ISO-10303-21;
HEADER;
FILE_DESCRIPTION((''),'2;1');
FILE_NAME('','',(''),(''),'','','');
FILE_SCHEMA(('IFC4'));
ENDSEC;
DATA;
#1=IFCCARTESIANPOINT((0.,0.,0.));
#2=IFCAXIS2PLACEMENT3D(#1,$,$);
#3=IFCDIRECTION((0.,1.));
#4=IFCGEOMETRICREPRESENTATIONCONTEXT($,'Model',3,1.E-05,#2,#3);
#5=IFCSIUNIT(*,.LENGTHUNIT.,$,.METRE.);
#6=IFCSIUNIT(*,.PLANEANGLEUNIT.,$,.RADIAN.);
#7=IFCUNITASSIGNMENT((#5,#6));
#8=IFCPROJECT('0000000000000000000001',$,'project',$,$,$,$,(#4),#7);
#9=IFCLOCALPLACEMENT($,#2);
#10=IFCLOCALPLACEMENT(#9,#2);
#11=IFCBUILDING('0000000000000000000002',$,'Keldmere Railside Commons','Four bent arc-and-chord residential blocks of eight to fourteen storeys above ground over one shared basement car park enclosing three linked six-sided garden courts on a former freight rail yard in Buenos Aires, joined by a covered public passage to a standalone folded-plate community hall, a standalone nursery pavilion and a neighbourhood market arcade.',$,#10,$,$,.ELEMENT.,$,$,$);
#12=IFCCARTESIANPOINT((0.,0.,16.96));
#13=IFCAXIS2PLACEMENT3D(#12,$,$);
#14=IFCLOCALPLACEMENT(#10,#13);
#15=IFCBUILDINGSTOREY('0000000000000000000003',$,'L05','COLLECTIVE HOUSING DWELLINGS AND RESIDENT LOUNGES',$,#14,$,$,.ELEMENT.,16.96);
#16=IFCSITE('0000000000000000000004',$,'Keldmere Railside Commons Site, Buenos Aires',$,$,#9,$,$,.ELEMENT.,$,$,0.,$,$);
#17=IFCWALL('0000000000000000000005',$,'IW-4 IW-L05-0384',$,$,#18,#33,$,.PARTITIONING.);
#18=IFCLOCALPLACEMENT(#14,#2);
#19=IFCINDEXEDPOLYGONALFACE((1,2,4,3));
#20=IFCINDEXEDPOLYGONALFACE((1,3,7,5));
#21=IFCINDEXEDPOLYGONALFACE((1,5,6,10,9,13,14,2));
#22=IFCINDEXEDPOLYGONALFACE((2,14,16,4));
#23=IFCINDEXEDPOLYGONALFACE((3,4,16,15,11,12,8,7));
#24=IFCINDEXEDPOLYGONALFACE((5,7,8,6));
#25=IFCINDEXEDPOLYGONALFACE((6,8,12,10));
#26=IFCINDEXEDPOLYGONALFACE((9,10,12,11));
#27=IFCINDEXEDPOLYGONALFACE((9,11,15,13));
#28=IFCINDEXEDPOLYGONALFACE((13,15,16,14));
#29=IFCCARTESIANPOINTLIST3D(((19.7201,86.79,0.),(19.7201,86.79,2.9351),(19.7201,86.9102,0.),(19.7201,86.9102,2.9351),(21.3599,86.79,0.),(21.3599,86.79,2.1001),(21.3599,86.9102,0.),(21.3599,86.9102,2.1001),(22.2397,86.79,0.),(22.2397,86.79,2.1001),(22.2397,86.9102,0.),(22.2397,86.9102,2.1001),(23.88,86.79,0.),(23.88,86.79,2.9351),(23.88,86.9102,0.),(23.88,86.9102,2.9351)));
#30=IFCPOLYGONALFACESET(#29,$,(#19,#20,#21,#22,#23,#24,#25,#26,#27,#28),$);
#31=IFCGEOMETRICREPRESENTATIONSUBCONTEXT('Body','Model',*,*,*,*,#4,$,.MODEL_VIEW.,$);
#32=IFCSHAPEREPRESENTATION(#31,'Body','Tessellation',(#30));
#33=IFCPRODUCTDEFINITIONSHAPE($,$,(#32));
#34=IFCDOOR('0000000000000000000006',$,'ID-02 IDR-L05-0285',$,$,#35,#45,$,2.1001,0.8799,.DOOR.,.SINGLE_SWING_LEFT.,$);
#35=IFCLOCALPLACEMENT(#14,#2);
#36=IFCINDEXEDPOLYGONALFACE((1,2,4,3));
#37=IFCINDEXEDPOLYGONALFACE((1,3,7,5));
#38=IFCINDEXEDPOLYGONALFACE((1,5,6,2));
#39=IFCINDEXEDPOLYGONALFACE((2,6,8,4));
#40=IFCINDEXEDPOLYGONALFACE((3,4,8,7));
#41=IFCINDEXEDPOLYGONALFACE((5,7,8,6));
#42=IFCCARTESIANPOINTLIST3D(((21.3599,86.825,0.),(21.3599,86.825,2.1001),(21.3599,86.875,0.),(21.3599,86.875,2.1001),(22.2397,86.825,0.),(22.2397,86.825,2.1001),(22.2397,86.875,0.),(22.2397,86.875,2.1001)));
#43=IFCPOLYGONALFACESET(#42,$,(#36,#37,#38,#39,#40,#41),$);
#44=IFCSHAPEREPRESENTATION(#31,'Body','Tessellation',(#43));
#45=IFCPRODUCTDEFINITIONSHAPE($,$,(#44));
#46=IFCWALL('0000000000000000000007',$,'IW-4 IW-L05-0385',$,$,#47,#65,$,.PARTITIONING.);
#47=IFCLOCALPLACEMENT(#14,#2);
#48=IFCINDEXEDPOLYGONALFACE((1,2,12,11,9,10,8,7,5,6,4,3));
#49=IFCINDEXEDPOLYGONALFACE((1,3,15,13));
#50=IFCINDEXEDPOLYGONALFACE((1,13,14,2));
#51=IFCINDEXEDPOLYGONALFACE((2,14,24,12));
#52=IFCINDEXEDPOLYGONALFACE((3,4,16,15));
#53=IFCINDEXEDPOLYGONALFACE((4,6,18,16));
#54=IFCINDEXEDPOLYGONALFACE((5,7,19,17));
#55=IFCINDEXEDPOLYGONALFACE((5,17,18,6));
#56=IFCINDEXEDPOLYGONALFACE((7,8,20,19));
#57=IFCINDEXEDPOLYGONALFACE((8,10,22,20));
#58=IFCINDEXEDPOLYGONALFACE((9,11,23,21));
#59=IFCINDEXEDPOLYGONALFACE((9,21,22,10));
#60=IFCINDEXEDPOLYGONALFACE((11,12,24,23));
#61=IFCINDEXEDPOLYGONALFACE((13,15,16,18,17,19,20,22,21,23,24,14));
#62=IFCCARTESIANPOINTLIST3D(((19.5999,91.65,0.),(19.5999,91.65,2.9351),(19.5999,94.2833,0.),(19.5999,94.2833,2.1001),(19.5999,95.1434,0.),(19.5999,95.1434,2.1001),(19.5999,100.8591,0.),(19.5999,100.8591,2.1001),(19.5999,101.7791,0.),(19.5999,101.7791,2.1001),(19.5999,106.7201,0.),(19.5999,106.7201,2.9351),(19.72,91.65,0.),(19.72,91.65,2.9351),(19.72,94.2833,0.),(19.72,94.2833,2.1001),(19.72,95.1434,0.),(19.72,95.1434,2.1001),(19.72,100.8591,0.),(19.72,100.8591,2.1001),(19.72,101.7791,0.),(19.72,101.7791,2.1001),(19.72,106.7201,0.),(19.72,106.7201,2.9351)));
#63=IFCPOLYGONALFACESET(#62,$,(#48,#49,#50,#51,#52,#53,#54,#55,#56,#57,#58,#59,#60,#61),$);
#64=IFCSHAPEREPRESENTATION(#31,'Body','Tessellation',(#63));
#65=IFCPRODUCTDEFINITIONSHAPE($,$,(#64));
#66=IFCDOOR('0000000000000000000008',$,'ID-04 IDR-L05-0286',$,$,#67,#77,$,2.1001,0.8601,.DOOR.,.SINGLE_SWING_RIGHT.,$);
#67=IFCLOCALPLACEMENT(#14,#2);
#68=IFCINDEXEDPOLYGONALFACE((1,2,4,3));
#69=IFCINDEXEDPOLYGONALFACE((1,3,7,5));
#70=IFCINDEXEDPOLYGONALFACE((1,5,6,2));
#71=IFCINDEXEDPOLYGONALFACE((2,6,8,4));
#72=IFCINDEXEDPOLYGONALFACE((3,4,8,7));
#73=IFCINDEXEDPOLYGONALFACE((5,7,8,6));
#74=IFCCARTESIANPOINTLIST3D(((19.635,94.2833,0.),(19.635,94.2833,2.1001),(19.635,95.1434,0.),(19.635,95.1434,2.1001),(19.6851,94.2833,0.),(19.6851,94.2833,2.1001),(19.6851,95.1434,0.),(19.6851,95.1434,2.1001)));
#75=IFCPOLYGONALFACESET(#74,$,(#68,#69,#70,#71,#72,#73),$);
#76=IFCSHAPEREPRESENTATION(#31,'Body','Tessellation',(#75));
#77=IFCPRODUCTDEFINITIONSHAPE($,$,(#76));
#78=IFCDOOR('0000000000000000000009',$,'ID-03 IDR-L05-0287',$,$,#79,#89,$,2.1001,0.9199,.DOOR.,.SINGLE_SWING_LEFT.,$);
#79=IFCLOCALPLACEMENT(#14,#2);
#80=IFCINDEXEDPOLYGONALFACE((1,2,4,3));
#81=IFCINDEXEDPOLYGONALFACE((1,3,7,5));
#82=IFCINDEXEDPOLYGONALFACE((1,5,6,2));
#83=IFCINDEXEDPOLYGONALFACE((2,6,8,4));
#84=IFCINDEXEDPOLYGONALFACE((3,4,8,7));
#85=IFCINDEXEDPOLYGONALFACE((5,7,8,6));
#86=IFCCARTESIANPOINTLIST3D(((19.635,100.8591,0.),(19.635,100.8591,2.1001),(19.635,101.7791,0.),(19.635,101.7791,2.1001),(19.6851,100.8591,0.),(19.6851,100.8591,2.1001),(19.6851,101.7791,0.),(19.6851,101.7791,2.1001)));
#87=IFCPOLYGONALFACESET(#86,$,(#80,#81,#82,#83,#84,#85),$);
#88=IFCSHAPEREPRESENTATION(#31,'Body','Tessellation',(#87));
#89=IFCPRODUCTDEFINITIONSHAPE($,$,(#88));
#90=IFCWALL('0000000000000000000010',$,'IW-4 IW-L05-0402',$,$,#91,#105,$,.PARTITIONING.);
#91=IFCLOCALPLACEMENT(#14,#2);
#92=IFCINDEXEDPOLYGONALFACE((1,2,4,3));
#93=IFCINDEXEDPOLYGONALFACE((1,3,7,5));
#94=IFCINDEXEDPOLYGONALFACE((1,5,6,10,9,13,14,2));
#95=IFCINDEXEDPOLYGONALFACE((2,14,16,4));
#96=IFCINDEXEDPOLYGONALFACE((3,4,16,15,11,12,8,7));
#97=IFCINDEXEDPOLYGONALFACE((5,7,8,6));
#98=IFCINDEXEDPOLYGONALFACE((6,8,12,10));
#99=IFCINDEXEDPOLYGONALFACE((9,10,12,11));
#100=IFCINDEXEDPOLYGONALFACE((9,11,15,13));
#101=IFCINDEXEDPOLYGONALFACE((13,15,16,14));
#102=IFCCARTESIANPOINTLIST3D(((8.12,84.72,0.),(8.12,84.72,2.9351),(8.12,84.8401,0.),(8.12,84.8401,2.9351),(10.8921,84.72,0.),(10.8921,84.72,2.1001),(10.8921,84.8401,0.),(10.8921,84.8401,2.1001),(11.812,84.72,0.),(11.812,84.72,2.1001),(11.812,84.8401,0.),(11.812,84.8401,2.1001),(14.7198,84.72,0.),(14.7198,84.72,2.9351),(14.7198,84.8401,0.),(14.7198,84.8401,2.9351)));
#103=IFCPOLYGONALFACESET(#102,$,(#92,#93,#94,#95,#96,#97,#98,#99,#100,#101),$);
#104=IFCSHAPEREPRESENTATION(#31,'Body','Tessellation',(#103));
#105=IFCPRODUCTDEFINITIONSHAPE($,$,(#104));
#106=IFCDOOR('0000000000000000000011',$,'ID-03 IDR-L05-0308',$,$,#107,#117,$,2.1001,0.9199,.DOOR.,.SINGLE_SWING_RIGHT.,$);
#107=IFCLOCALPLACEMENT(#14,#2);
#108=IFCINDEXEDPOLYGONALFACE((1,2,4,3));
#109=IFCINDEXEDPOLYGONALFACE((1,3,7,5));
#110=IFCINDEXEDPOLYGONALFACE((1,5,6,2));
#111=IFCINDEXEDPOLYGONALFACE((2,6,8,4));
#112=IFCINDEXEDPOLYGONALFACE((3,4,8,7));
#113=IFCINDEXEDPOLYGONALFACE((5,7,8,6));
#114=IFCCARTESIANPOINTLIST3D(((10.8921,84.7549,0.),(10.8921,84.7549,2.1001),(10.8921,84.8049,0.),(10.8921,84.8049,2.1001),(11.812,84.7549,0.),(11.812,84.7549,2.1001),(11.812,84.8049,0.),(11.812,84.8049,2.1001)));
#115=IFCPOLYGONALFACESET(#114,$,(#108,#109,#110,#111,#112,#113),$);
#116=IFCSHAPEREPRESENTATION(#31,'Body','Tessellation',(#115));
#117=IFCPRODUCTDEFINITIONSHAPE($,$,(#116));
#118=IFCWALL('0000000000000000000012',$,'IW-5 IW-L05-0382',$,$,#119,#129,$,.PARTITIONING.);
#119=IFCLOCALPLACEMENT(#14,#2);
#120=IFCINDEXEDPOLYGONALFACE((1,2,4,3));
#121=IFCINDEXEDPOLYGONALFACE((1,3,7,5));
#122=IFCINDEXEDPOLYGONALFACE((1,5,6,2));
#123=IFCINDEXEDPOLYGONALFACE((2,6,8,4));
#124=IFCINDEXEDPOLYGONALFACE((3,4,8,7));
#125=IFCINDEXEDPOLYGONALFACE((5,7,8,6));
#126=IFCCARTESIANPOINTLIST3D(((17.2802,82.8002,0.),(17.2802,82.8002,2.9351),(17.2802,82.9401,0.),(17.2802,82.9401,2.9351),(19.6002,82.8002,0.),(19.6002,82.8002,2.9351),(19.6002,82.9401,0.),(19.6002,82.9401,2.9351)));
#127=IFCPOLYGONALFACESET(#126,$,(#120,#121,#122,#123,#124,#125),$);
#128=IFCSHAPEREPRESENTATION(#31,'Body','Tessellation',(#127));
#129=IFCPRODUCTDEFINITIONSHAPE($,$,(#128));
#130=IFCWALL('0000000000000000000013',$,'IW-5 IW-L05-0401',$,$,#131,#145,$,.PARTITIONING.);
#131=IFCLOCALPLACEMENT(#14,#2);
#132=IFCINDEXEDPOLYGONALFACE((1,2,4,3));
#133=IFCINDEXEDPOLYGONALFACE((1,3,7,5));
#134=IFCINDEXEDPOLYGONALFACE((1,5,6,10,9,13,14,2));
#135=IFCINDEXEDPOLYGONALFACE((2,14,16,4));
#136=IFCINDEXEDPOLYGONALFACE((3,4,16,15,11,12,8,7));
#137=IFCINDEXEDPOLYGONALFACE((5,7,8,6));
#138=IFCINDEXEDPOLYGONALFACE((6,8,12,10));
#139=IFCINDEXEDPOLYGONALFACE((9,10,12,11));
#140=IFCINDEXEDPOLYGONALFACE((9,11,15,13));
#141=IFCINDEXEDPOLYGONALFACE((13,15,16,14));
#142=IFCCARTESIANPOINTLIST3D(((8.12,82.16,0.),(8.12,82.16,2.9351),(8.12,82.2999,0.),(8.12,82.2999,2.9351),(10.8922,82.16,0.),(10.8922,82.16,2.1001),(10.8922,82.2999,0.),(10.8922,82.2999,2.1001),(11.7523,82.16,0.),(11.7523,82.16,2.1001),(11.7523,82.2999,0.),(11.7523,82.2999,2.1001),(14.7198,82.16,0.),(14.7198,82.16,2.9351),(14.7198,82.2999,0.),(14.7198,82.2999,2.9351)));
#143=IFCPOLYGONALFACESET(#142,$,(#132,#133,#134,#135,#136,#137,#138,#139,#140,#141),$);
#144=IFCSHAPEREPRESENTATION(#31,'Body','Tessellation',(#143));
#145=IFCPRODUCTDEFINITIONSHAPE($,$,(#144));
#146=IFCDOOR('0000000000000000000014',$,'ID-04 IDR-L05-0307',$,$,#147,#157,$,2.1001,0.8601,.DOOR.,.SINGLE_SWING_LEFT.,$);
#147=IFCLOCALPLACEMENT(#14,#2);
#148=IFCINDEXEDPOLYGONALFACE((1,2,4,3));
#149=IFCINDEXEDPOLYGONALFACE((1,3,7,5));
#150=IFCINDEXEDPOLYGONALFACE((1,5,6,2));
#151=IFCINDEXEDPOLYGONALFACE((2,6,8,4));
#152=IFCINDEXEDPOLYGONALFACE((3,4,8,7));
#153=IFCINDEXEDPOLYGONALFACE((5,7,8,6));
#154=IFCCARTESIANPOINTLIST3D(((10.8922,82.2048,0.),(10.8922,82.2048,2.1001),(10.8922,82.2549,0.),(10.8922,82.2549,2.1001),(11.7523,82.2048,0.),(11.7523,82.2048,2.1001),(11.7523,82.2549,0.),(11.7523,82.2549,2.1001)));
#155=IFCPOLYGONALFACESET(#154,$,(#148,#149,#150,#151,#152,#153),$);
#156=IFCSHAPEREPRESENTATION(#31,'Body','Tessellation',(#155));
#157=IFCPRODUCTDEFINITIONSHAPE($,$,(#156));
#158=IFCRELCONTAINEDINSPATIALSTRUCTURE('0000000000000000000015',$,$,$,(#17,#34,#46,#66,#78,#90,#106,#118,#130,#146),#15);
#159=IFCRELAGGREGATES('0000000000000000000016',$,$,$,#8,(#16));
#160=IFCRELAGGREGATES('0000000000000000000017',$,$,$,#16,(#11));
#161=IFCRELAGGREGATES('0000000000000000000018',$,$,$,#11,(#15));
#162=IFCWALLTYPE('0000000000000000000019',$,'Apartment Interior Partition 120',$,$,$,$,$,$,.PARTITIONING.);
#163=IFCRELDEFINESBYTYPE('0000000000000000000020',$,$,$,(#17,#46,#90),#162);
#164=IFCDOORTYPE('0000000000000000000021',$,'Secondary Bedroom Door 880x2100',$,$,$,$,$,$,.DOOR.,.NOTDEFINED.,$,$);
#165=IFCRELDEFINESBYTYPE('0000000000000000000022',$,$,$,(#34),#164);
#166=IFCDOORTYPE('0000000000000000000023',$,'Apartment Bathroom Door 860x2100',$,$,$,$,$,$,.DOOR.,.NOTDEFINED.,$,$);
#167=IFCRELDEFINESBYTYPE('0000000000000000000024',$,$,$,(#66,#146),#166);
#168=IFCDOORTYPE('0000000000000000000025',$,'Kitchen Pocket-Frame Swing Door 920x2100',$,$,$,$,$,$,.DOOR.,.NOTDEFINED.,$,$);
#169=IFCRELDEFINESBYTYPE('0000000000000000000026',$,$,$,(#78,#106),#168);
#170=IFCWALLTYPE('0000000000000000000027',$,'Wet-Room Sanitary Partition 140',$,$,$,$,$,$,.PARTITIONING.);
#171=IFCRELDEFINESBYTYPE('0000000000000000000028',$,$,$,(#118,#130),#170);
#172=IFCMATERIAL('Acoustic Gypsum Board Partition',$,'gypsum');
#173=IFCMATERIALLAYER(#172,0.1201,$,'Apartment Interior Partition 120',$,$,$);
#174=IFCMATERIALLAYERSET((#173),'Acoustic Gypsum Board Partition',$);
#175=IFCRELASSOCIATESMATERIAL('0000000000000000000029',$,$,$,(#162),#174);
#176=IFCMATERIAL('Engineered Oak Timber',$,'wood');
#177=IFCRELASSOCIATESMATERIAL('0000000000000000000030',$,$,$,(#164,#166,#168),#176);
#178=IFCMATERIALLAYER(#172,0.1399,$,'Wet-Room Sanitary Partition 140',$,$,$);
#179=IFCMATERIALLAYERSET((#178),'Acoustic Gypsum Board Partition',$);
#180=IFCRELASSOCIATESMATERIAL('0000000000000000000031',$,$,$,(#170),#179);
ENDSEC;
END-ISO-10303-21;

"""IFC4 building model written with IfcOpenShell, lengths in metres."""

from ifc_helpers import new_model, si_unit, direction, frame, frame_2d, origin, place, context, subcontext, project, spatial, rectangle, extrude, material, layer, layer_set, type_object, element, fill, save


model = new_model("IFC4")

# Units and contexts
model_context = context("Model", 3, precision=1e-05, world=origin(), true_north=direction((0.0, 1.0)))
body_context = subcontext(model_context, "Body", "Model", "MODEL_VIEW")
ifc_project = project(units=[si_unit("LENGTHUNIT", "METRE"), si_unit("PLANEANGLEUNIT", "RADIAN")], contexts=[model_context])

# Site, building, storey
site_placement = place(None, origin())
site = spatial("IfcSite", under=ifc_project, at=site_placement, Name="Keldmere Railside Commons Site, Buenos Aires", CompositionType="ELEMENT", RefElevation=0.0)
building_placement = place(site_placement, origin())
building = spatial("IfcBuilding", under=site, at=building_placement, Name="Keldmere Railside Commons", Description="Four bent arc-and-chord residential blocks of eight to fourteen storeys above ground over one shared basement car park enclosing three linked six-sided garden courts on a former freight rail yard in Buenos Aires, joined by a covered public passage to a standalone folded-plate community hall, a standalone nursery pavilion and a neighbourhood market arcade.", CompositionType="ELEMENT")
storey_placement = place(building_placement, frame((0.0, 0.0, 16.96)))
storey = spatial("IfcBuildingStorey", under=building, at=storey_placement, Name="L05", Description="COLLECTIVE HOUSING DWELLINGS AND RESIDENT LOUNGES", CompositionType="ELEMENT", Elevation=16.96)

# Shared definitions
ifc_material_1 = material(Name="Acoustic Gypsum Board Partition", Category="gypsum")

# Wall, opening, door
ifc_layer_1 = layer(ifc_material_1, 0.1201, Name="Apartment Interior Partition 120")
ifc_layer_set_1 = layer_set([ifc_layer_1], Name="Acoustic Gypsum Board Partition")
wall_type_1 = type_object("IfcWallType", Name="Apartment Interior Partition 120", PredefinedType="PARTITIONING", material=ifc_layer_set_1)
wall_1_placement = place(storey_placement, frame((19.72, 86.8501, 0.0), z_axis=(0.0, 0.0, 1.0), x_axis=(1.0, 0.0, 0.0)))
wall_1 = element("IfcWall", 1, at=wall_1_placement, inside=storey, type_object=wall_type_1, Name="IW-4 IW-L05-0384", PredefinedType="PARTITIONING", context=body_context, shape_type="SweptSolid", body=[
    extrude(rectangle(XDim=4.1599, YDim=0.1201, at=frame_2d((2.0801, 0.0))), origin(), (0.0, 0.0, 1.0), 2.9351),
])
opening_1_placement = place(wall_1_placement, frame((1.6399, 0.0, 0.0)))
opening_1 = element("IfcOpeningElement", 2, at=opening_1_placement, cuts=wall_1, PredefinedType="OPENING", context=body_context, shape_type="SweptSolid", body=[
    extrude(rectangle(XDim=0.8799, YDim=2.1001, at=frame_2d((0.4399, 1.05))), frame((0.0, 0.0701, 0.0), z_axis=(0.0, -1.0, 0.0), x_axis=(1.0, 0.0, 0.0)), (0.0, 0.0, 1.0), 0.1401),
])
ifc_material_2 = material(Name="Engineered Oak Timber", Category="wood")
door_type_1 = type_object("IfcDoorType", Name="Secondary Bedroom Door 880x2100", OperationType="NOTDEFINED", PredefinedType="DOOR", material=ifc_material_2)
door_1_placement = place(opening_1_placement, origin())
door_1 = element("IfcDoor", 3, at=door_1_placement, inside=storey, type_object=door_type_1, Name="ID-02 IDR-L05-0285", OperationType="SINGLE_SWING_LEFT", OverallHeight=2.1001, OverallWidth=0.8799, PredefinedType="DOOR", context=body_context, shape_type="SweptSolid", body=[
    extrude(rectangle(XDim=0.8799, YDim=2.1001, at=frame_2d((0.4399, 1.05))), frame((0.0, 0.0249, 0.0), z_axis=(0.0, -1.0, 0.0), x_axis=(1.0, 0.0, 0.0)), (0.0, 0.0, 1.0), 0.05),
])
fill(opening_1, door_1)

# Wall, openings, doors
wall_2_placement = place(storey_placement, frame((19.6599, 91.6499, 0.0), z_axis=(0.0, 0.0, 1.0), x_axis=(0.0, 1.0, 0.0)))
wall_2 = element("IfcWall", 4, at=wall_2_placement, inside=storey, type_object=wall_type_1, Name="IW-4 IW-L05-0385", PredefinedType="PARTITIONING", context=body_context, shape_type="SweptSolid", body=[
    extrude(rectangle(XDim=15.0701, YDim=0.1201, at=frame_2d((7.5352, 0.0))), origin(), (0.0, 0.0, 1.0), 2.9351),
])
opening_2_placement = place(wall_2_placement, frame((2.6333, 0.0, 0.0)))
opening_2 = element("IfcOpeningElement", 5, at=opening_2_placement, cuts=wall_2, PredefinedType="OPENING", context=body_context, shape_type="SweptSolid", body=[
    extrude(rectangle(XDim=0.8601, YDim=2.1001, at=frame_2d((0.4302, 1.05))), frame((0.0, 0.0701, 0.0), z_axis=(0.0, -1.0, 0.0), x_axis=(1.0, 0.0, 0.0)), (0.0, 0.0, 1.0), 0.1401),
])
opening_3_placement = place(wall_2_placement, frame((9.2092, 0.0, 0.0)))
opening_3 = element("IfcOpeningElement", 6, at=opening_3_placement, cuts=wall_2, PredefinedType="OPENING", context=body_context, shape_type="SweptSolid", body=[
    extrude(rectangle(XDim=0.9199, YDim=2.1001, at=frame_2d((0.46, 1.05))), frame((0.0, 0.0701, 0.0), z_axis=(0.0, -1.0, 0.0), x_axis=(1.0, 0.0, 0.0)), (0.0, 0.0, 1.0), 0.1401),
])
door_type_2 = type_object("IfcDoorType", Name="Apartment Bathroom Door 860x2100", OperationType="NOTDEFINED", PredefinedType="DOOR", material=ifc_material_2)
door_2_placement = place(opening_2_placement, origin())
door_2 = element("IfcDoor", 7, at=door_2_placement, inside=storey, type_object=door_type_2, Name="ID-04 IDR-L05-0286", OperationType="SINGLE_SWING_RIGHT", OverallHeight=2.1001, OverallWidth=0.8601, PredefinedType="DOOR", context=body_context, shape_type="SweptSolid", body=[
    extrude(rectangle(XDim=0.8601, YDim=2.1001, at=frame_2d((0.4302, 1.05))), frame((0.0, 0.0249, 0.0), z_axis=(0.0, -1.0, 0.0), x_axis=(1.0, 0.0, 0.0)), (0.0, 0.0, 1.0), 0.05),
])
fill(opening_2, door_2)
door_type_3 = type_object("IfcDoorType", Name="Kitchen Pocket-Frame Swing Door 920x2100", OperationType="NOTDEFINED", PredefinedType="DOOR", material=ifc_material_2)
door_3_placement = place(opening_3_placement, origin())
door_3 = element("IfcDoor", 8, at=door_3_placement, inside=storey, type_object=door_type_3, Name="ID-03 IDR-L05-0287", OperationType="SINGLE_SWING_LEFT", OverallHeight=2.1001, OverallWidth=0.9199, PredefinedType="DOOR", context=body_context, shape_type="SweptSolid", body=[
    extrude(rectangle(XDim=0.9199, YDim=2.1001, at=frame_2d((0.46, 1.05))), frame((0.0, 0.0249, 0.0), z_axis=(0.0, -1.0, 0.0), x_axis=(1.0, 0.0, 0.0)), (0.0, 0.0, 1.0), 0.05),
])
fill(opening_3, door_3)

# Wall, opening, door
wall_3_placement = place(storey_placement, frame((8.1201, 84.78, 0.0), z_axis=(0.0, 0.0, 1.0), x_axis=(1.0, 0.0, 0.0)))
wall_3 = element("IfcWall", 9, at=wall_3_placement, inside=storey, type_object=wall_type_1, Name="IW-4 IW-L05-0402", PredefinedType="PARTITIONING", context=body_context, shape_type="SweptSolid", body=[
    extrude(rectangle(XDim=6.5999, YDim=0.1201, at=frame_2d((3.2998, 0.0))), origin(), (0.0, 0.0, 1.0), 2.9351),
])
opening_4_placement = place(wall_3_placement, frame((2.772, 0.0, 0.0)))
opening_4 = element("IfcOpeningElement", 10, at=opening_4_placement, cuts=wall_3, PredefinedType="OPENING", context=body_context, shape_type="SweptSolid", body=[
    extrude(rectangle(XDim=0.9199, YDim=2.1001, at=frame_2d((0.46, 1.05))), frame((0.0, 0.0701, 0.0), z_axis=(0.0, -1.0, 0.0), x_axis=(1.0, 0.0, 0.0)), (0.0, 0.0, 1.0), 0.1401),
])
door_4_placement = place(opening_4_placement, origin())
door_4 = element("IfcDoor", 11, at=door_4_placement, inside=storey, type_object=door_type_3, Name="ID-03 IDR-L05-0308", OperationType="SINGLE_SWING_RIGHT", OverallHeight=2.1001, OverallWidth=0.9199, PredefinedType="DOOR", context=body_context, shape_type="SweptSolid", body=[
    extrude(rectangle(XDim=0.9199, YDim=2.1001, at=frame_2d((0.46, 1.05))), frame((0.0, 0.0249, 0.0), z_axis=(0.0, -1.0, 0.0), x_axis=(1.0, 0.0, 0.0)), (0.0, 0.0, 1.0), 0.05),
])
fill(opening_4, door_4)

# Wall
ifc_layer_2 = layer(ifc_material_1, 0.1399, Name="Wet-Room Sanitary Partition 140")
ifc_layer_set_2 = layer_set([ifc_layer_2], Name="Acoustic Gypsum Board Partition")
wall_type_2 = type_object("IfcWallType", Name="Wet-Room Sanitary Partition 140", PredefinedType="PARTITIONING", material=ifc_layer_set_2)
wall_4_placement = place(storey_placement, frame((17.28, 82.8701, 0.0), z_axis=(0.0, 0.0, 1.0), x_axis=(1.0, 0.0, 0.0)))
element("IfcWall", 12, at=wall_4_placement, inside=storey, type_object=wall_type_2, Name="IW-5 IW-L05-0382", PredefinedType="PARTITIONING", context=body_context, shape_type="SweptSolid", body=[
    extrude(rectangle(XDim=2.3201, YDim=0.1399, at=frame_2d((1.1602, 0.0))), origin(), (0.0, 0.0, 1.0), 2.9351),
])

# Wall, opening, door
wall_5_placement = place(storey_placement, frame((8.1201, 82.23, 0.0), z_axis=(0.0, 0.0, 1.0), x_axis=(1.0, 0.0, 0.0)))
wall_5 = element("IfcWall", 13, at=wall_5_placement, inside=storey, type_object=wall_type_2, Name="IW-5 IW-L05-0401", PredefinedType="PARTITIONING", context=body_context, shape_type="SweptSolid", body=[
    extrude(rectangle(XDim=6.5999, YDim=0.1399, at=frame_2d((3.2998, 0.0))), origin(), (0.0, 0.0, 1.0), 2.9351),
])
opening_5_placement = place(wall_5_placement, frame((2.772, 0.0, 0.0)))
opening_5 = element("IfcOpeningElement", 14, at=opening_5_placement, cuts=wall_5, PredefinedType="OPENING", context=body_context, shape_type="SweptSolid", body=[
    extrude(rectangle(XDim=0.8601, YDim=2.1001, at=frame_2d((0.4302, 1.05))), frame((0.0, 0.0798, 0.0), z_axis=(0.0, -1.0, 0.0), x_axis=(1.0, 0.0, 0.0)), (0.0, 0.0, 1.0), 0.1599),
])
door_5_placement = place(opening_5_placement, origin())
door_5 = element("IfcDoor", 15, at=door_5_placement, inside=storey, type_object=door_type_2, Name="ID-04 IDR-L05-0307", OperationType="SINGLE_SWING_LEFT", OverallHeight=2.1001, OverallWidth=0.8601, PredefinedType="DOOR", context=body_context, shape_type="SweptSolid", body=[
    extrude(rectangle(XDim=0.8601, YDim=2.1001, at=frame_2d((0.4302, 1.05))), frame((0.0, 0.0249, 0.0), z_axis=(0.0, -1.0, 0.0), x_axis=(1.0, 0.0, 0.0)), (0.0, 0.0, 1.0), 0.05),
])
fill(opening_5, door_5)

save(model, "model.ifc")
